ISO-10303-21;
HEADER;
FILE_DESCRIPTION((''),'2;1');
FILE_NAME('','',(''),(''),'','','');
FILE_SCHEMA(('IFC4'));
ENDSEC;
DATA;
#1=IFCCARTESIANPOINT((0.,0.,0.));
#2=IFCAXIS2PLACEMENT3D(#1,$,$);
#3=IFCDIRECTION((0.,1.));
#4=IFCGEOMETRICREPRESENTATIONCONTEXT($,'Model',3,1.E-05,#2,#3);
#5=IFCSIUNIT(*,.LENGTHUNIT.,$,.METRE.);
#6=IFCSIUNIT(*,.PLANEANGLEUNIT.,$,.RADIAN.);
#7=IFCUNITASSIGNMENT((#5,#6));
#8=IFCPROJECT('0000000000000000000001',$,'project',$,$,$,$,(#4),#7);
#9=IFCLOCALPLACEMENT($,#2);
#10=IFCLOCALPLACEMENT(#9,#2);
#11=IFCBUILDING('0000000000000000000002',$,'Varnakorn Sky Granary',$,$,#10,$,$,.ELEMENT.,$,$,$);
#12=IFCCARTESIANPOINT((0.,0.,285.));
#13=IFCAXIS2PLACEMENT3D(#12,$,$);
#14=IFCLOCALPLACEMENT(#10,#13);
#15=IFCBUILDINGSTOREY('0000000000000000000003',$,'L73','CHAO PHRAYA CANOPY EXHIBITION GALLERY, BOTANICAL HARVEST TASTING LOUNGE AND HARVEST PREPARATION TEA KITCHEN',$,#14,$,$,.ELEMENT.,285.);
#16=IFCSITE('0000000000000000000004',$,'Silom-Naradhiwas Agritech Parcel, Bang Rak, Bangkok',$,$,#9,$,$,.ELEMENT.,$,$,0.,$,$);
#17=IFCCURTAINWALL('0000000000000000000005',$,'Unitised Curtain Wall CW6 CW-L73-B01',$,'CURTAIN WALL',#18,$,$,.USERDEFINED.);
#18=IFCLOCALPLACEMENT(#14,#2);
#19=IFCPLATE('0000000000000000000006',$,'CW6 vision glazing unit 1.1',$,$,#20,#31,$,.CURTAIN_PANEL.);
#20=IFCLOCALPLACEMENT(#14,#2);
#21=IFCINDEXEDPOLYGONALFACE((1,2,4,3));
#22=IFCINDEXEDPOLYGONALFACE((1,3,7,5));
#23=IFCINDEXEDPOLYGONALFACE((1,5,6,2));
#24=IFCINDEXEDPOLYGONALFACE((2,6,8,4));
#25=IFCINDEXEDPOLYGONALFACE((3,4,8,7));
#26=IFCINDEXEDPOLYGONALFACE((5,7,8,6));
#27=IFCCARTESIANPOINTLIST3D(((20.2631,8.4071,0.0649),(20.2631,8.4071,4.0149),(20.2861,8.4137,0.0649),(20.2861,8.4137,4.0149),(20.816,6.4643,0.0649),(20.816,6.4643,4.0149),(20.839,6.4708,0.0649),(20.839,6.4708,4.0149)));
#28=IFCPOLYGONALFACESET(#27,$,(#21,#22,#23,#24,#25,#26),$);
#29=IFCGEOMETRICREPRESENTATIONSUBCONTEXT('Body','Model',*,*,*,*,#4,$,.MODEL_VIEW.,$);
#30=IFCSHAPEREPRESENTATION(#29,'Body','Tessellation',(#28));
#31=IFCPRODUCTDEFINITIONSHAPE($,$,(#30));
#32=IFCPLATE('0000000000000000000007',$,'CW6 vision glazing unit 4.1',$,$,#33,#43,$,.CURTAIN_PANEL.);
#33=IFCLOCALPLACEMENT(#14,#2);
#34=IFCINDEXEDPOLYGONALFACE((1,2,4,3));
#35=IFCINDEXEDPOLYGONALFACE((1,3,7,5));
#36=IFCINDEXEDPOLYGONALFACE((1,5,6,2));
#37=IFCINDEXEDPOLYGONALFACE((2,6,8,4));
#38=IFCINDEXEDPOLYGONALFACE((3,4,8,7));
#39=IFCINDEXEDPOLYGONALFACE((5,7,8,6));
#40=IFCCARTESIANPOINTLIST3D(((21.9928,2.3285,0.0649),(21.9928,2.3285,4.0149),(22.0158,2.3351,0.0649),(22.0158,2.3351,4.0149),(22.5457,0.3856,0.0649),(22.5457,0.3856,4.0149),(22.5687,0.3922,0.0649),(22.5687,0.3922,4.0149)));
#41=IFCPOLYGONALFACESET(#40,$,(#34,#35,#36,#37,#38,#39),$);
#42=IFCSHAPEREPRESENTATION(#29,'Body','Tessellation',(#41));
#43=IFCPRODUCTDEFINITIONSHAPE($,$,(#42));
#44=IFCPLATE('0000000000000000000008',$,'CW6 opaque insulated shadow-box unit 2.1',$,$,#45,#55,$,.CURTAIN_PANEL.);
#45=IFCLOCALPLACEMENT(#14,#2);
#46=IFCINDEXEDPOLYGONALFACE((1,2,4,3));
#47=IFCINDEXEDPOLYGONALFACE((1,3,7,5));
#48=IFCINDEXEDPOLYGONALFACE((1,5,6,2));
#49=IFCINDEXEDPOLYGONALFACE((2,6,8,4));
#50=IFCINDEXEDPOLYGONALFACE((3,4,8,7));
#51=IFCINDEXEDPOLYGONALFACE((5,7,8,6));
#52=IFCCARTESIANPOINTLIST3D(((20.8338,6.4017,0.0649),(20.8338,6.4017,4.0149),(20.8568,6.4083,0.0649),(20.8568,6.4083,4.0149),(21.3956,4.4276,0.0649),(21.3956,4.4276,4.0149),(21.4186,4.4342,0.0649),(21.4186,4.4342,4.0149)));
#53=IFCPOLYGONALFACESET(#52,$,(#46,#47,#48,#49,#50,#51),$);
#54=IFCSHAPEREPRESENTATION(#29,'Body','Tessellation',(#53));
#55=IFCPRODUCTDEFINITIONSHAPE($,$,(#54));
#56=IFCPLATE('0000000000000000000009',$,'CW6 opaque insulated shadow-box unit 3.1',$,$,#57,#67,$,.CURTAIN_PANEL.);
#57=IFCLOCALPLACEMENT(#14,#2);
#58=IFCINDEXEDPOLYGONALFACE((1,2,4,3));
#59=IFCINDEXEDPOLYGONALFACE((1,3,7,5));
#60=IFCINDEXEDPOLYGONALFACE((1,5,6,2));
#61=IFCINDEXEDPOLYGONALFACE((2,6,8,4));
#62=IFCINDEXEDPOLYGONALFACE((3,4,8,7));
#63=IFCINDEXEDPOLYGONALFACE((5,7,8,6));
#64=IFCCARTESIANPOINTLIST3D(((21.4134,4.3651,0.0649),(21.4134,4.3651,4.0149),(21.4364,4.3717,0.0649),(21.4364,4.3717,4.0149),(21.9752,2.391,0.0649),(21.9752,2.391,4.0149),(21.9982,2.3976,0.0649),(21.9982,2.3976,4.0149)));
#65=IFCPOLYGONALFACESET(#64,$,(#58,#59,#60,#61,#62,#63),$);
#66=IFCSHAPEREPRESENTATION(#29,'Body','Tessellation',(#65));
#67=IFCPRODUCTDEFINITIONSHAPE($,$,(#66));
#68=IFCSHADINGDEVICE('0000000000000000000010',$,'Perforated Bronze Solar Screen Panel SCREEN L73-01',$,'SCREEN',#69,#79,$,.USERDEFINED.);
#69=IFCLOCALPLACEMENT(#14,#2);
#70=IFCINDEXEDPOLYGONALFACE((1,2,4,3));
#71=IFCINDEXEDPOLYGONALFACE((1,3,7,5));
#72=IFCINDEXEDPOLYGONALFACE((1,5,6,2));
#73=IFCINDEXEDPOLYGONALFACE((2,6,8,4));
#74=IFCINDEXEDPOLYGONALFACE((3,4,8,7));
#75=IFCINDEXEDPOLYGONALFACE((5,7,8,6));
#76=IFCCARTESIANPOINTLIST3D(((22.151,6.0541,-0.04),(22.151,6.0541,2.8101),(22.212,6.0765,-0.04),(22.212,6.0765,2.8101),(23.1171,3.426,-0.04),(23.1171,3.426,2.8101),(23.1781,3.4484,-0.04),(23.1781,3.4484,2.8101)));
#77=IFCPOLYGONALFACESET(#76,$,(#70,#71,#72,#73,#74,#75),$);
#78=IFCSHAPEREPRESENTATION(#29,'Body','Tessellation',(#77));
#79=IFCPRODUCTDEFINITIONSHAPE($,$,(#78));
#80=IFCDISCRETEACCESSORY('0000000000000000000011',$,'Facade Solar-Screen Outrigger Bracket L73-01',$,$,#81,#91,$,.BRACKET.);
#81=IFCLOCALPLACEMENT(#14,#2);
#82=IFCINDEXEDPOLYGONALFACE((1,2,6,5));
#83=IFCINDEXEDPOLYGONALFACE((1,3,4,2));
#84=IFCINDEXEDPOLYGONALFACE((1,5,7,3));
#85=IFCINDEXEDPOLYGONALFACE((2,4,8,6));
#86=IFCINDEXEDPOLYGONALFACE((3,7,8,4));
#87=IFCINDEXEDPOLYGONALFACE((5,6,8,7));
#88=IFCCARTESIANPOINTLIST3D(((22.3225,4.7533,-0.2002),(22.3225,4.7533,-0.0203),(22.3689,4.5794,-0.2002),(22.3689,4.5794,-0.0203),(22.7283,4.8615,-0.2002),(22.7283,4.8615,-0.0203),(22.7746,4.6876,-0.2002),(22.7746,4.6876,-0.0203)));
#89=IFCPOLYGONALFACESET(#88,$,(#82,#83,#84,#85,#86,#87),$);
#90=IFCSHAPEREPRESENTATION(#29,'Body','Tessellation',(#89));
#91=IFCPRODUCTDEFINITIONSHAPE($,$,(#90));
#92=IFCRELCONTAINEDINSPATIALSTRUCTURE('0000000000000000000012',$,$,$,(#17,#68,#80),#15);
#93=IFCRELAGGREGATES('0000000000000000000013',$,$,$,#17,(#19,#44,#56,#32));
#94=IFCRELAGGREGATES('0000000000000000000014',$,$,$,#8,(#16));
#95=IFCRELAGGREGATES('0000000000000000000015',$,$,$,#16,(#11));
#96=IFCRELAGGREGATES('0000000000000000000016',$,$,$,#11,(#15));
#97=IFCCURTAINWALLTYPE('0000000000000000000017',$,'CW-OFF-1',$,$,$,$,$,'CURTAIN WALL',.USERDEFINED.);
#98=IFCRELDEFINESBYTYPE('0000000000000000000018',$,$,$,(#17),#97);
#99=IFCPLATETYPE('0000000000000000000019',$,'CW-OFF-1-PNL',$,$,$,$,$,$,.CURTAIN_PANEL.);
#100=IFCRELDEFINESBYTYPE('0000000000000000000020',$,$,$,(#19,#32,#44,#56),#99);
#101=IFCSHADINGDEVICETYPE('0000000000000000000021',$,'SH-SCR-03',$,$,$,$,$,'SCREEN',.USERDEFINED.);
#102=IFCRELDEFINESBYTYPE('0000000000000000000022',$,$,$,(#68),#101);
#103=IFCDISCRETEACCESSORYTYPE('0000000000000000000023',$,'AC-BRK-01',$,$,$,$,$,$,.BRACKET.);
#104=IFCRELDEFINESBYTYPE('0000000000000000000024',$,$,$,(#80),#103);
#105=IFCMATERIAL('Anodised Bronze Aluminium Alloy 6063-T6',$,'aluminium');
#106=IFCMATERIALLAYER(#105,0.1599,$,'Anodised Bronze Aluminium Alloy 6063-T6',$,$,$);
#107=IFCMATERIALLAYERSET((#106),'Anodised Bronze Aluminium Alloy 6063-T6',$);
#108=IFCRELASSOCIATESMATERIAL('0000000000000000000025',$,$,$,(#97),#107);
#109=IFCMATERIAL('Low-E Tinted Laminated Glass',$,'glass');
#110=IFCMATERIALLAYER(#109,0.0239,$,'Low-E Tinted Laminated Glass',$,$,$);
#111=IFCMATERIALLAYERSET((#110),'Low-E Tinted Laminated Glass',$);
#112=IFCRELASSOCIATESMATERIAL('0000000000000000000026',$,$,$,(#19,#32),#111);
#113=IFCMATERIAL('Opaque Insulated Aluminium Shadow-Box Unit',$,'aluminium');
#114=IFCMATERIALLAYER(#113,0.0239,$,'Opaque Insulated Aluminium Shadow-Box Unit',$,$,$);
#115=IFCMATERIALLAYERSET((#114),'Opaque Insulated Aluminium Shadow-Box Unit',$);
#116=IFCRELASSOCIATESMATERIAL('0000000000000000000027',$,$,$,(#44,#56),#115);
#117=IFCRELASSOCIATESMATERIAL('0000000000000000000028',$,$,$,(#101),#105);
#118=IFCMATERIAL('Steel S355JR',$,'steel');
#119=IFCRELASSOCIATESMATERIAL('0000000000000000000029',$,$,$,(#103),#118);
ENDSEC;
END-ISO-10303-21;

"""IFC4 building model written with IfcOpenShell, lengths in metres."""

from ifc_helpers import new_model, si_unit, direction, frame, origin, origin_2d, place, context, subcontext, project, spatial, rectangle, extrude, source, transform, mapped, material, layer, layer_set, type_object, type_shapes, element, aggregate, save


model = new_model("IFC4")

# Units and contexts
model_context = context("Model", 3, precision=1e-05, world=origin(), true_north=direction((0.0, 1.0)))
body_context = subcontext(model_context, "Body", "Model", "MODEL_VIEW")
ifc_project = project(units=[si_unit("LENGTHUNIT", "METRE"), si_unit("PLANEANGLEUNIT", "RADIAN")], contexts=[model_context])

# Site, building, storey
site_placement = place(None, origin())
site = spatial("IfcSite", under=ifc_project, at=site_placement, Name="Silom-Naradhiwas Agritech Parcel, Bang Rak, Bangkok", CompositionType="ELEMENT", RefElevation=0.0)
building_placement = place(site_placement, origin())
building = spatial("IfcBuilding", under=site, at=building_placement, Name="Varnakorn Sky Granary", CompositionType="ELEMENT")
storey_placement = place(building_placement, frame((0.0, 0.0, 285.0)))
storey = spatial("IfcBuildingStorey", under=building, at=storey_placement, Name="L73", Description="CHAO PHRAYA CANOPY EXHIBITION GALLERY, BOTANICAL HARVEST TASTING LOUNGE AND HARVEST PREPARATION TEA KITCHEN", CompositionType="ELEMENT", Elevation=285.0)

# Shared definitions
ifc_material_1 = material(Name="Steel S355JR", Category="steel")

# Curtain wall
ifc_material_2 = material(Name="Anodised Bronze Aluminium Alloy 6063-T6", Category="aluminium")
ifc_layer_1 = layer(ifc_material_2, 0.1599, Name="Anodised Bronze Aluminium Alloy 6063-T6")
ifc_layer_set_1 = layer_set([ifc_layer_1], Name="Anodised Bronze Aluminium Alloy 6063-T6")
curtain_wall_type = type_object("IfcCurtainWallType", Name="CW-OFF-1", ElementType="CURTAIN WALL", PredefinedType="USERDEFINED", material=ifc_layer_set_1)
curtain_wall_placement = place(storey_placement, origin())
curtain_wall = element("IfcCurtainWall", 1, at=curtain_wall_placement, inside=storey, type_object=curtain_wall_type, Name="Unitised Curtain Wall CW6 CW-L73-B01", ObjectType="CURTAIN WALL", PredefinedType="USERDEFINED")

# Plates
ifc_material_3 = material(Name="Low-E Tinted Laminated Glass", Category="glass")
ifc_layer_2 = layer(ifc_material_3, 0.0239, Name="Low-E Tinted Laminated Glass")
ifc_layer_set_2 = layer_set([ifc_layer_2], Name="Low-E Tinted Laminated Glass")
plate_type = type_object("IfcPlateType", Name="CW-OFF-1-PNL", PredefinedType="CURTAIN_PANEL")
shared_shape_1 = source(origin(), body_context, "Body", "SweptSolid", [
    extrude(rectangle(XDim=2.02, YDim=0.0239, at=origin_2d()), origin(), (0.0, 0.0, 1.0), 3.95),
])
plate_1_placement = place(storey_placement, frame((20.551, 7.439, 0.0649), z_axis=(0.0, 0.0, 1.0), x_axis=(0.273709, -0.961813, 0.0)))
plate_1 = element("IfcPlate", 2, at=plate_1_placement, type_object=plate_type, material=ifc_layer_set_2, Name="CW6 vision glazing unit 1.1", PredefinedType="CURTAIN_PANEL", context=body_context, shape_type="MappedRepresentation", body=[
    mapped(shared_shape_1, transform((0.0, 0.0, 0.0), x_axis=(1.0, 0.0, 0.0), y_axis=(0.0, 1.0, 0.0), z_axis=(0.0, 0.0, 1.0), scale=1.0)),
])
plate_2_placement = place(storey_placement, frame((22.2808, 1.3604, 0.0649), z_axis=(0.0, 0.0, 1.0), x_axis=(0.273709, -0.961813, 0.0)))
plate_2 = element("IfcPlate", 3, at=plate_2_placement, type_object=plate_type, material=ifc_layer_set_2, Name="CW6 vision glazing unit 4.1", PredefinedType="CURTAIN_PANEL", context=body_context, shape_type="MappedRepresentation", body=[
    mapped(shared_shape_1, transform((0.0, 0.0, 0.0), x_axis=(1.0, 0.0, 0.0), y_axis=(0.0, 1.0, 0.0), z_axis=(0.0, 0.0, 1.0), scale=1.0)),
])
ifc_material_4 = material(Name="Opaque Insulated Aluminium Shadow-Box Unit", Category="aluminium")
ifc_layer_3 = layer(ifc_material_4, 0.0239, Name="Opaque Insulated Aluminium Shadow-Box Unit")
ifc_layer_set_3 = layer_set([ifc_layer_3], Name="Opaque Insulated Aluminium Shadow-Box Unit")
shared_shape_2 = source(origin(), body_context, "Body", "SweptSolid", [
    extrude(rectangle(XDim=2.0525, YDim=0.0239, at=origin_2d()), origin(), (0.0, 0.0, 1.0), 3.95),
])
type_shapes(plate_type, [shared_shape_1, shared_shape_2])
plate_3_placement = place(storey_placement, frame((21.1262, 5.418, 0.0649), z_axis=(0.0, 0.0, 1.0), x_axis=(0.273709, -0.961813, 0.0)))
plate_3 = element("IfcPlate", 4, at=plate_3_placement, type_object=plate_type, material=ifc_layer_set_3, Name="CW6 opaque insulated shadow-box unit 2.1", PredefinedType="CURTAIN_PANEL", context=body_context, shape_type="MappedRepresentation", body=[
    mapped(shared_shape_2, transform((0.0, 0.0, 0.0), x_axis=(1.0, 0.0, 0.0), y_axis=(0.0, 1.0, 0.0), z_axis=(0.0, 0.0, 1.0), scale=1.0)),
])
plate_4_placement = place(storey_placement, frame((21.7058, 3.3813, 0.0649), z_axis=(0.0, 0.0, 1.0), x_axis=(0.273709, -0.961813, 0.0)))
plate_4 = element("IfcPlate", 5, at=plate_4_placement, type_object=plate_type, material=ifc_layer_set_3, Name="CW6 opaque insulated shadow-box unit 3.1", PredefinedType="CURTAIN_PANEL", context=body_context, shape_type="MappedRepresentation", body=[
    mapped(shared_shape_2, transform((0.0, 0.0, 0.0), x_axis=(1.0, 0.0, 0.0), y_axis=(0.0, 1.0, 0.0), z_axis=(0.0, 0.0, 1.0), scale=1.0)),
])
aggregate(curtain_wall, [plate_1, plate_3, plate_4, plate_2])

# Shading device
shading_device_type = type_object("IfcShadingDeviceType", Name="SH-SCR-03", ElementType="SCREEN", PredefinedType="USERDEFINED", material=ifc_material_2)
shared_shape_3 = source(origin(), body_context, "Body", "SweptSolid", [
    extrude(rectangle(XDim=2.8, YDim=0.0649, at=origin_2d()), origin(), (0.0, 0.0, 1.0), 2.8501),
])
type_shapes(shading_device_type, [shared_shape_3])
shading_device_placement = place(storey_placement, frame((22.6646, 4.7512, -0.04), z_axis=(0.0, 0.0, 1.0), x_axis=(-0.345033, 0.938591, 0.0)))
element("IfcShadingDevice", 6, at=shading_device_placement, inside=storey, type_object=shading_device_type, Name="Perforated Bronze Solar Screen Panel SCREEN L73-01", ObjectType="SCREEN", PredefinedType="USERDEFINED", context=body_context, shape_type="MappedRepresentation", body=[
    mapped(shared_shape_3, transform((0.0, 0.0, 0.0), x_axis=(1.0, 0.0, 0.0), y_axis=(0.0, 1.0, 0.0), z_axis=(0.0, 0.0, 1.0), scale=1.0)),
])

# Discrete accessory
discrete_accessory_type = type_object("IfcDiscreteAccessoryType", Name="AC-BRK-01", PredefinedType="BRACKET", material=ifc_material_1)
shared_shape_4 = source(origin(), body_context, "Body", "SweptSolid", [
    extrude(rectangle(XDim=0.1799, YDim=0.4199, at=origin_2d()), origin(), (0.0, 0.0, 1.0), 0.1799),
])
type_shapes(discrete_accessory_type, [shared_shape_4])
discrete_accessory_placement = place(storey_placement, frame((22.5486, 4.7205, -0.2002), z_axis=(0.0, 0.0, 1.0), x_axis=(-0.257703, 0.966224, 0.0)))
element("IfcDiscreteAccessory", 7, at=discrete_accessory_placement, inside=storey, type_object=discrete_accessory_type, Name="Facade Solar-Screen Outrigger Bracket L73-01", PredefinedType="BRACKET", context=body_context, shape_type="MappedRepresentation", body=[
    mapped(shared_shape_4, transform((0.0, 0.0, 0.0), x_axis=(1.0, 0.0, 0.0), y_axis=(0.0, 1.0, 0.0), z_axis=(0.0, 0.0, 1.0), scale=1.0)),
])

save(model, "model.ifc")
